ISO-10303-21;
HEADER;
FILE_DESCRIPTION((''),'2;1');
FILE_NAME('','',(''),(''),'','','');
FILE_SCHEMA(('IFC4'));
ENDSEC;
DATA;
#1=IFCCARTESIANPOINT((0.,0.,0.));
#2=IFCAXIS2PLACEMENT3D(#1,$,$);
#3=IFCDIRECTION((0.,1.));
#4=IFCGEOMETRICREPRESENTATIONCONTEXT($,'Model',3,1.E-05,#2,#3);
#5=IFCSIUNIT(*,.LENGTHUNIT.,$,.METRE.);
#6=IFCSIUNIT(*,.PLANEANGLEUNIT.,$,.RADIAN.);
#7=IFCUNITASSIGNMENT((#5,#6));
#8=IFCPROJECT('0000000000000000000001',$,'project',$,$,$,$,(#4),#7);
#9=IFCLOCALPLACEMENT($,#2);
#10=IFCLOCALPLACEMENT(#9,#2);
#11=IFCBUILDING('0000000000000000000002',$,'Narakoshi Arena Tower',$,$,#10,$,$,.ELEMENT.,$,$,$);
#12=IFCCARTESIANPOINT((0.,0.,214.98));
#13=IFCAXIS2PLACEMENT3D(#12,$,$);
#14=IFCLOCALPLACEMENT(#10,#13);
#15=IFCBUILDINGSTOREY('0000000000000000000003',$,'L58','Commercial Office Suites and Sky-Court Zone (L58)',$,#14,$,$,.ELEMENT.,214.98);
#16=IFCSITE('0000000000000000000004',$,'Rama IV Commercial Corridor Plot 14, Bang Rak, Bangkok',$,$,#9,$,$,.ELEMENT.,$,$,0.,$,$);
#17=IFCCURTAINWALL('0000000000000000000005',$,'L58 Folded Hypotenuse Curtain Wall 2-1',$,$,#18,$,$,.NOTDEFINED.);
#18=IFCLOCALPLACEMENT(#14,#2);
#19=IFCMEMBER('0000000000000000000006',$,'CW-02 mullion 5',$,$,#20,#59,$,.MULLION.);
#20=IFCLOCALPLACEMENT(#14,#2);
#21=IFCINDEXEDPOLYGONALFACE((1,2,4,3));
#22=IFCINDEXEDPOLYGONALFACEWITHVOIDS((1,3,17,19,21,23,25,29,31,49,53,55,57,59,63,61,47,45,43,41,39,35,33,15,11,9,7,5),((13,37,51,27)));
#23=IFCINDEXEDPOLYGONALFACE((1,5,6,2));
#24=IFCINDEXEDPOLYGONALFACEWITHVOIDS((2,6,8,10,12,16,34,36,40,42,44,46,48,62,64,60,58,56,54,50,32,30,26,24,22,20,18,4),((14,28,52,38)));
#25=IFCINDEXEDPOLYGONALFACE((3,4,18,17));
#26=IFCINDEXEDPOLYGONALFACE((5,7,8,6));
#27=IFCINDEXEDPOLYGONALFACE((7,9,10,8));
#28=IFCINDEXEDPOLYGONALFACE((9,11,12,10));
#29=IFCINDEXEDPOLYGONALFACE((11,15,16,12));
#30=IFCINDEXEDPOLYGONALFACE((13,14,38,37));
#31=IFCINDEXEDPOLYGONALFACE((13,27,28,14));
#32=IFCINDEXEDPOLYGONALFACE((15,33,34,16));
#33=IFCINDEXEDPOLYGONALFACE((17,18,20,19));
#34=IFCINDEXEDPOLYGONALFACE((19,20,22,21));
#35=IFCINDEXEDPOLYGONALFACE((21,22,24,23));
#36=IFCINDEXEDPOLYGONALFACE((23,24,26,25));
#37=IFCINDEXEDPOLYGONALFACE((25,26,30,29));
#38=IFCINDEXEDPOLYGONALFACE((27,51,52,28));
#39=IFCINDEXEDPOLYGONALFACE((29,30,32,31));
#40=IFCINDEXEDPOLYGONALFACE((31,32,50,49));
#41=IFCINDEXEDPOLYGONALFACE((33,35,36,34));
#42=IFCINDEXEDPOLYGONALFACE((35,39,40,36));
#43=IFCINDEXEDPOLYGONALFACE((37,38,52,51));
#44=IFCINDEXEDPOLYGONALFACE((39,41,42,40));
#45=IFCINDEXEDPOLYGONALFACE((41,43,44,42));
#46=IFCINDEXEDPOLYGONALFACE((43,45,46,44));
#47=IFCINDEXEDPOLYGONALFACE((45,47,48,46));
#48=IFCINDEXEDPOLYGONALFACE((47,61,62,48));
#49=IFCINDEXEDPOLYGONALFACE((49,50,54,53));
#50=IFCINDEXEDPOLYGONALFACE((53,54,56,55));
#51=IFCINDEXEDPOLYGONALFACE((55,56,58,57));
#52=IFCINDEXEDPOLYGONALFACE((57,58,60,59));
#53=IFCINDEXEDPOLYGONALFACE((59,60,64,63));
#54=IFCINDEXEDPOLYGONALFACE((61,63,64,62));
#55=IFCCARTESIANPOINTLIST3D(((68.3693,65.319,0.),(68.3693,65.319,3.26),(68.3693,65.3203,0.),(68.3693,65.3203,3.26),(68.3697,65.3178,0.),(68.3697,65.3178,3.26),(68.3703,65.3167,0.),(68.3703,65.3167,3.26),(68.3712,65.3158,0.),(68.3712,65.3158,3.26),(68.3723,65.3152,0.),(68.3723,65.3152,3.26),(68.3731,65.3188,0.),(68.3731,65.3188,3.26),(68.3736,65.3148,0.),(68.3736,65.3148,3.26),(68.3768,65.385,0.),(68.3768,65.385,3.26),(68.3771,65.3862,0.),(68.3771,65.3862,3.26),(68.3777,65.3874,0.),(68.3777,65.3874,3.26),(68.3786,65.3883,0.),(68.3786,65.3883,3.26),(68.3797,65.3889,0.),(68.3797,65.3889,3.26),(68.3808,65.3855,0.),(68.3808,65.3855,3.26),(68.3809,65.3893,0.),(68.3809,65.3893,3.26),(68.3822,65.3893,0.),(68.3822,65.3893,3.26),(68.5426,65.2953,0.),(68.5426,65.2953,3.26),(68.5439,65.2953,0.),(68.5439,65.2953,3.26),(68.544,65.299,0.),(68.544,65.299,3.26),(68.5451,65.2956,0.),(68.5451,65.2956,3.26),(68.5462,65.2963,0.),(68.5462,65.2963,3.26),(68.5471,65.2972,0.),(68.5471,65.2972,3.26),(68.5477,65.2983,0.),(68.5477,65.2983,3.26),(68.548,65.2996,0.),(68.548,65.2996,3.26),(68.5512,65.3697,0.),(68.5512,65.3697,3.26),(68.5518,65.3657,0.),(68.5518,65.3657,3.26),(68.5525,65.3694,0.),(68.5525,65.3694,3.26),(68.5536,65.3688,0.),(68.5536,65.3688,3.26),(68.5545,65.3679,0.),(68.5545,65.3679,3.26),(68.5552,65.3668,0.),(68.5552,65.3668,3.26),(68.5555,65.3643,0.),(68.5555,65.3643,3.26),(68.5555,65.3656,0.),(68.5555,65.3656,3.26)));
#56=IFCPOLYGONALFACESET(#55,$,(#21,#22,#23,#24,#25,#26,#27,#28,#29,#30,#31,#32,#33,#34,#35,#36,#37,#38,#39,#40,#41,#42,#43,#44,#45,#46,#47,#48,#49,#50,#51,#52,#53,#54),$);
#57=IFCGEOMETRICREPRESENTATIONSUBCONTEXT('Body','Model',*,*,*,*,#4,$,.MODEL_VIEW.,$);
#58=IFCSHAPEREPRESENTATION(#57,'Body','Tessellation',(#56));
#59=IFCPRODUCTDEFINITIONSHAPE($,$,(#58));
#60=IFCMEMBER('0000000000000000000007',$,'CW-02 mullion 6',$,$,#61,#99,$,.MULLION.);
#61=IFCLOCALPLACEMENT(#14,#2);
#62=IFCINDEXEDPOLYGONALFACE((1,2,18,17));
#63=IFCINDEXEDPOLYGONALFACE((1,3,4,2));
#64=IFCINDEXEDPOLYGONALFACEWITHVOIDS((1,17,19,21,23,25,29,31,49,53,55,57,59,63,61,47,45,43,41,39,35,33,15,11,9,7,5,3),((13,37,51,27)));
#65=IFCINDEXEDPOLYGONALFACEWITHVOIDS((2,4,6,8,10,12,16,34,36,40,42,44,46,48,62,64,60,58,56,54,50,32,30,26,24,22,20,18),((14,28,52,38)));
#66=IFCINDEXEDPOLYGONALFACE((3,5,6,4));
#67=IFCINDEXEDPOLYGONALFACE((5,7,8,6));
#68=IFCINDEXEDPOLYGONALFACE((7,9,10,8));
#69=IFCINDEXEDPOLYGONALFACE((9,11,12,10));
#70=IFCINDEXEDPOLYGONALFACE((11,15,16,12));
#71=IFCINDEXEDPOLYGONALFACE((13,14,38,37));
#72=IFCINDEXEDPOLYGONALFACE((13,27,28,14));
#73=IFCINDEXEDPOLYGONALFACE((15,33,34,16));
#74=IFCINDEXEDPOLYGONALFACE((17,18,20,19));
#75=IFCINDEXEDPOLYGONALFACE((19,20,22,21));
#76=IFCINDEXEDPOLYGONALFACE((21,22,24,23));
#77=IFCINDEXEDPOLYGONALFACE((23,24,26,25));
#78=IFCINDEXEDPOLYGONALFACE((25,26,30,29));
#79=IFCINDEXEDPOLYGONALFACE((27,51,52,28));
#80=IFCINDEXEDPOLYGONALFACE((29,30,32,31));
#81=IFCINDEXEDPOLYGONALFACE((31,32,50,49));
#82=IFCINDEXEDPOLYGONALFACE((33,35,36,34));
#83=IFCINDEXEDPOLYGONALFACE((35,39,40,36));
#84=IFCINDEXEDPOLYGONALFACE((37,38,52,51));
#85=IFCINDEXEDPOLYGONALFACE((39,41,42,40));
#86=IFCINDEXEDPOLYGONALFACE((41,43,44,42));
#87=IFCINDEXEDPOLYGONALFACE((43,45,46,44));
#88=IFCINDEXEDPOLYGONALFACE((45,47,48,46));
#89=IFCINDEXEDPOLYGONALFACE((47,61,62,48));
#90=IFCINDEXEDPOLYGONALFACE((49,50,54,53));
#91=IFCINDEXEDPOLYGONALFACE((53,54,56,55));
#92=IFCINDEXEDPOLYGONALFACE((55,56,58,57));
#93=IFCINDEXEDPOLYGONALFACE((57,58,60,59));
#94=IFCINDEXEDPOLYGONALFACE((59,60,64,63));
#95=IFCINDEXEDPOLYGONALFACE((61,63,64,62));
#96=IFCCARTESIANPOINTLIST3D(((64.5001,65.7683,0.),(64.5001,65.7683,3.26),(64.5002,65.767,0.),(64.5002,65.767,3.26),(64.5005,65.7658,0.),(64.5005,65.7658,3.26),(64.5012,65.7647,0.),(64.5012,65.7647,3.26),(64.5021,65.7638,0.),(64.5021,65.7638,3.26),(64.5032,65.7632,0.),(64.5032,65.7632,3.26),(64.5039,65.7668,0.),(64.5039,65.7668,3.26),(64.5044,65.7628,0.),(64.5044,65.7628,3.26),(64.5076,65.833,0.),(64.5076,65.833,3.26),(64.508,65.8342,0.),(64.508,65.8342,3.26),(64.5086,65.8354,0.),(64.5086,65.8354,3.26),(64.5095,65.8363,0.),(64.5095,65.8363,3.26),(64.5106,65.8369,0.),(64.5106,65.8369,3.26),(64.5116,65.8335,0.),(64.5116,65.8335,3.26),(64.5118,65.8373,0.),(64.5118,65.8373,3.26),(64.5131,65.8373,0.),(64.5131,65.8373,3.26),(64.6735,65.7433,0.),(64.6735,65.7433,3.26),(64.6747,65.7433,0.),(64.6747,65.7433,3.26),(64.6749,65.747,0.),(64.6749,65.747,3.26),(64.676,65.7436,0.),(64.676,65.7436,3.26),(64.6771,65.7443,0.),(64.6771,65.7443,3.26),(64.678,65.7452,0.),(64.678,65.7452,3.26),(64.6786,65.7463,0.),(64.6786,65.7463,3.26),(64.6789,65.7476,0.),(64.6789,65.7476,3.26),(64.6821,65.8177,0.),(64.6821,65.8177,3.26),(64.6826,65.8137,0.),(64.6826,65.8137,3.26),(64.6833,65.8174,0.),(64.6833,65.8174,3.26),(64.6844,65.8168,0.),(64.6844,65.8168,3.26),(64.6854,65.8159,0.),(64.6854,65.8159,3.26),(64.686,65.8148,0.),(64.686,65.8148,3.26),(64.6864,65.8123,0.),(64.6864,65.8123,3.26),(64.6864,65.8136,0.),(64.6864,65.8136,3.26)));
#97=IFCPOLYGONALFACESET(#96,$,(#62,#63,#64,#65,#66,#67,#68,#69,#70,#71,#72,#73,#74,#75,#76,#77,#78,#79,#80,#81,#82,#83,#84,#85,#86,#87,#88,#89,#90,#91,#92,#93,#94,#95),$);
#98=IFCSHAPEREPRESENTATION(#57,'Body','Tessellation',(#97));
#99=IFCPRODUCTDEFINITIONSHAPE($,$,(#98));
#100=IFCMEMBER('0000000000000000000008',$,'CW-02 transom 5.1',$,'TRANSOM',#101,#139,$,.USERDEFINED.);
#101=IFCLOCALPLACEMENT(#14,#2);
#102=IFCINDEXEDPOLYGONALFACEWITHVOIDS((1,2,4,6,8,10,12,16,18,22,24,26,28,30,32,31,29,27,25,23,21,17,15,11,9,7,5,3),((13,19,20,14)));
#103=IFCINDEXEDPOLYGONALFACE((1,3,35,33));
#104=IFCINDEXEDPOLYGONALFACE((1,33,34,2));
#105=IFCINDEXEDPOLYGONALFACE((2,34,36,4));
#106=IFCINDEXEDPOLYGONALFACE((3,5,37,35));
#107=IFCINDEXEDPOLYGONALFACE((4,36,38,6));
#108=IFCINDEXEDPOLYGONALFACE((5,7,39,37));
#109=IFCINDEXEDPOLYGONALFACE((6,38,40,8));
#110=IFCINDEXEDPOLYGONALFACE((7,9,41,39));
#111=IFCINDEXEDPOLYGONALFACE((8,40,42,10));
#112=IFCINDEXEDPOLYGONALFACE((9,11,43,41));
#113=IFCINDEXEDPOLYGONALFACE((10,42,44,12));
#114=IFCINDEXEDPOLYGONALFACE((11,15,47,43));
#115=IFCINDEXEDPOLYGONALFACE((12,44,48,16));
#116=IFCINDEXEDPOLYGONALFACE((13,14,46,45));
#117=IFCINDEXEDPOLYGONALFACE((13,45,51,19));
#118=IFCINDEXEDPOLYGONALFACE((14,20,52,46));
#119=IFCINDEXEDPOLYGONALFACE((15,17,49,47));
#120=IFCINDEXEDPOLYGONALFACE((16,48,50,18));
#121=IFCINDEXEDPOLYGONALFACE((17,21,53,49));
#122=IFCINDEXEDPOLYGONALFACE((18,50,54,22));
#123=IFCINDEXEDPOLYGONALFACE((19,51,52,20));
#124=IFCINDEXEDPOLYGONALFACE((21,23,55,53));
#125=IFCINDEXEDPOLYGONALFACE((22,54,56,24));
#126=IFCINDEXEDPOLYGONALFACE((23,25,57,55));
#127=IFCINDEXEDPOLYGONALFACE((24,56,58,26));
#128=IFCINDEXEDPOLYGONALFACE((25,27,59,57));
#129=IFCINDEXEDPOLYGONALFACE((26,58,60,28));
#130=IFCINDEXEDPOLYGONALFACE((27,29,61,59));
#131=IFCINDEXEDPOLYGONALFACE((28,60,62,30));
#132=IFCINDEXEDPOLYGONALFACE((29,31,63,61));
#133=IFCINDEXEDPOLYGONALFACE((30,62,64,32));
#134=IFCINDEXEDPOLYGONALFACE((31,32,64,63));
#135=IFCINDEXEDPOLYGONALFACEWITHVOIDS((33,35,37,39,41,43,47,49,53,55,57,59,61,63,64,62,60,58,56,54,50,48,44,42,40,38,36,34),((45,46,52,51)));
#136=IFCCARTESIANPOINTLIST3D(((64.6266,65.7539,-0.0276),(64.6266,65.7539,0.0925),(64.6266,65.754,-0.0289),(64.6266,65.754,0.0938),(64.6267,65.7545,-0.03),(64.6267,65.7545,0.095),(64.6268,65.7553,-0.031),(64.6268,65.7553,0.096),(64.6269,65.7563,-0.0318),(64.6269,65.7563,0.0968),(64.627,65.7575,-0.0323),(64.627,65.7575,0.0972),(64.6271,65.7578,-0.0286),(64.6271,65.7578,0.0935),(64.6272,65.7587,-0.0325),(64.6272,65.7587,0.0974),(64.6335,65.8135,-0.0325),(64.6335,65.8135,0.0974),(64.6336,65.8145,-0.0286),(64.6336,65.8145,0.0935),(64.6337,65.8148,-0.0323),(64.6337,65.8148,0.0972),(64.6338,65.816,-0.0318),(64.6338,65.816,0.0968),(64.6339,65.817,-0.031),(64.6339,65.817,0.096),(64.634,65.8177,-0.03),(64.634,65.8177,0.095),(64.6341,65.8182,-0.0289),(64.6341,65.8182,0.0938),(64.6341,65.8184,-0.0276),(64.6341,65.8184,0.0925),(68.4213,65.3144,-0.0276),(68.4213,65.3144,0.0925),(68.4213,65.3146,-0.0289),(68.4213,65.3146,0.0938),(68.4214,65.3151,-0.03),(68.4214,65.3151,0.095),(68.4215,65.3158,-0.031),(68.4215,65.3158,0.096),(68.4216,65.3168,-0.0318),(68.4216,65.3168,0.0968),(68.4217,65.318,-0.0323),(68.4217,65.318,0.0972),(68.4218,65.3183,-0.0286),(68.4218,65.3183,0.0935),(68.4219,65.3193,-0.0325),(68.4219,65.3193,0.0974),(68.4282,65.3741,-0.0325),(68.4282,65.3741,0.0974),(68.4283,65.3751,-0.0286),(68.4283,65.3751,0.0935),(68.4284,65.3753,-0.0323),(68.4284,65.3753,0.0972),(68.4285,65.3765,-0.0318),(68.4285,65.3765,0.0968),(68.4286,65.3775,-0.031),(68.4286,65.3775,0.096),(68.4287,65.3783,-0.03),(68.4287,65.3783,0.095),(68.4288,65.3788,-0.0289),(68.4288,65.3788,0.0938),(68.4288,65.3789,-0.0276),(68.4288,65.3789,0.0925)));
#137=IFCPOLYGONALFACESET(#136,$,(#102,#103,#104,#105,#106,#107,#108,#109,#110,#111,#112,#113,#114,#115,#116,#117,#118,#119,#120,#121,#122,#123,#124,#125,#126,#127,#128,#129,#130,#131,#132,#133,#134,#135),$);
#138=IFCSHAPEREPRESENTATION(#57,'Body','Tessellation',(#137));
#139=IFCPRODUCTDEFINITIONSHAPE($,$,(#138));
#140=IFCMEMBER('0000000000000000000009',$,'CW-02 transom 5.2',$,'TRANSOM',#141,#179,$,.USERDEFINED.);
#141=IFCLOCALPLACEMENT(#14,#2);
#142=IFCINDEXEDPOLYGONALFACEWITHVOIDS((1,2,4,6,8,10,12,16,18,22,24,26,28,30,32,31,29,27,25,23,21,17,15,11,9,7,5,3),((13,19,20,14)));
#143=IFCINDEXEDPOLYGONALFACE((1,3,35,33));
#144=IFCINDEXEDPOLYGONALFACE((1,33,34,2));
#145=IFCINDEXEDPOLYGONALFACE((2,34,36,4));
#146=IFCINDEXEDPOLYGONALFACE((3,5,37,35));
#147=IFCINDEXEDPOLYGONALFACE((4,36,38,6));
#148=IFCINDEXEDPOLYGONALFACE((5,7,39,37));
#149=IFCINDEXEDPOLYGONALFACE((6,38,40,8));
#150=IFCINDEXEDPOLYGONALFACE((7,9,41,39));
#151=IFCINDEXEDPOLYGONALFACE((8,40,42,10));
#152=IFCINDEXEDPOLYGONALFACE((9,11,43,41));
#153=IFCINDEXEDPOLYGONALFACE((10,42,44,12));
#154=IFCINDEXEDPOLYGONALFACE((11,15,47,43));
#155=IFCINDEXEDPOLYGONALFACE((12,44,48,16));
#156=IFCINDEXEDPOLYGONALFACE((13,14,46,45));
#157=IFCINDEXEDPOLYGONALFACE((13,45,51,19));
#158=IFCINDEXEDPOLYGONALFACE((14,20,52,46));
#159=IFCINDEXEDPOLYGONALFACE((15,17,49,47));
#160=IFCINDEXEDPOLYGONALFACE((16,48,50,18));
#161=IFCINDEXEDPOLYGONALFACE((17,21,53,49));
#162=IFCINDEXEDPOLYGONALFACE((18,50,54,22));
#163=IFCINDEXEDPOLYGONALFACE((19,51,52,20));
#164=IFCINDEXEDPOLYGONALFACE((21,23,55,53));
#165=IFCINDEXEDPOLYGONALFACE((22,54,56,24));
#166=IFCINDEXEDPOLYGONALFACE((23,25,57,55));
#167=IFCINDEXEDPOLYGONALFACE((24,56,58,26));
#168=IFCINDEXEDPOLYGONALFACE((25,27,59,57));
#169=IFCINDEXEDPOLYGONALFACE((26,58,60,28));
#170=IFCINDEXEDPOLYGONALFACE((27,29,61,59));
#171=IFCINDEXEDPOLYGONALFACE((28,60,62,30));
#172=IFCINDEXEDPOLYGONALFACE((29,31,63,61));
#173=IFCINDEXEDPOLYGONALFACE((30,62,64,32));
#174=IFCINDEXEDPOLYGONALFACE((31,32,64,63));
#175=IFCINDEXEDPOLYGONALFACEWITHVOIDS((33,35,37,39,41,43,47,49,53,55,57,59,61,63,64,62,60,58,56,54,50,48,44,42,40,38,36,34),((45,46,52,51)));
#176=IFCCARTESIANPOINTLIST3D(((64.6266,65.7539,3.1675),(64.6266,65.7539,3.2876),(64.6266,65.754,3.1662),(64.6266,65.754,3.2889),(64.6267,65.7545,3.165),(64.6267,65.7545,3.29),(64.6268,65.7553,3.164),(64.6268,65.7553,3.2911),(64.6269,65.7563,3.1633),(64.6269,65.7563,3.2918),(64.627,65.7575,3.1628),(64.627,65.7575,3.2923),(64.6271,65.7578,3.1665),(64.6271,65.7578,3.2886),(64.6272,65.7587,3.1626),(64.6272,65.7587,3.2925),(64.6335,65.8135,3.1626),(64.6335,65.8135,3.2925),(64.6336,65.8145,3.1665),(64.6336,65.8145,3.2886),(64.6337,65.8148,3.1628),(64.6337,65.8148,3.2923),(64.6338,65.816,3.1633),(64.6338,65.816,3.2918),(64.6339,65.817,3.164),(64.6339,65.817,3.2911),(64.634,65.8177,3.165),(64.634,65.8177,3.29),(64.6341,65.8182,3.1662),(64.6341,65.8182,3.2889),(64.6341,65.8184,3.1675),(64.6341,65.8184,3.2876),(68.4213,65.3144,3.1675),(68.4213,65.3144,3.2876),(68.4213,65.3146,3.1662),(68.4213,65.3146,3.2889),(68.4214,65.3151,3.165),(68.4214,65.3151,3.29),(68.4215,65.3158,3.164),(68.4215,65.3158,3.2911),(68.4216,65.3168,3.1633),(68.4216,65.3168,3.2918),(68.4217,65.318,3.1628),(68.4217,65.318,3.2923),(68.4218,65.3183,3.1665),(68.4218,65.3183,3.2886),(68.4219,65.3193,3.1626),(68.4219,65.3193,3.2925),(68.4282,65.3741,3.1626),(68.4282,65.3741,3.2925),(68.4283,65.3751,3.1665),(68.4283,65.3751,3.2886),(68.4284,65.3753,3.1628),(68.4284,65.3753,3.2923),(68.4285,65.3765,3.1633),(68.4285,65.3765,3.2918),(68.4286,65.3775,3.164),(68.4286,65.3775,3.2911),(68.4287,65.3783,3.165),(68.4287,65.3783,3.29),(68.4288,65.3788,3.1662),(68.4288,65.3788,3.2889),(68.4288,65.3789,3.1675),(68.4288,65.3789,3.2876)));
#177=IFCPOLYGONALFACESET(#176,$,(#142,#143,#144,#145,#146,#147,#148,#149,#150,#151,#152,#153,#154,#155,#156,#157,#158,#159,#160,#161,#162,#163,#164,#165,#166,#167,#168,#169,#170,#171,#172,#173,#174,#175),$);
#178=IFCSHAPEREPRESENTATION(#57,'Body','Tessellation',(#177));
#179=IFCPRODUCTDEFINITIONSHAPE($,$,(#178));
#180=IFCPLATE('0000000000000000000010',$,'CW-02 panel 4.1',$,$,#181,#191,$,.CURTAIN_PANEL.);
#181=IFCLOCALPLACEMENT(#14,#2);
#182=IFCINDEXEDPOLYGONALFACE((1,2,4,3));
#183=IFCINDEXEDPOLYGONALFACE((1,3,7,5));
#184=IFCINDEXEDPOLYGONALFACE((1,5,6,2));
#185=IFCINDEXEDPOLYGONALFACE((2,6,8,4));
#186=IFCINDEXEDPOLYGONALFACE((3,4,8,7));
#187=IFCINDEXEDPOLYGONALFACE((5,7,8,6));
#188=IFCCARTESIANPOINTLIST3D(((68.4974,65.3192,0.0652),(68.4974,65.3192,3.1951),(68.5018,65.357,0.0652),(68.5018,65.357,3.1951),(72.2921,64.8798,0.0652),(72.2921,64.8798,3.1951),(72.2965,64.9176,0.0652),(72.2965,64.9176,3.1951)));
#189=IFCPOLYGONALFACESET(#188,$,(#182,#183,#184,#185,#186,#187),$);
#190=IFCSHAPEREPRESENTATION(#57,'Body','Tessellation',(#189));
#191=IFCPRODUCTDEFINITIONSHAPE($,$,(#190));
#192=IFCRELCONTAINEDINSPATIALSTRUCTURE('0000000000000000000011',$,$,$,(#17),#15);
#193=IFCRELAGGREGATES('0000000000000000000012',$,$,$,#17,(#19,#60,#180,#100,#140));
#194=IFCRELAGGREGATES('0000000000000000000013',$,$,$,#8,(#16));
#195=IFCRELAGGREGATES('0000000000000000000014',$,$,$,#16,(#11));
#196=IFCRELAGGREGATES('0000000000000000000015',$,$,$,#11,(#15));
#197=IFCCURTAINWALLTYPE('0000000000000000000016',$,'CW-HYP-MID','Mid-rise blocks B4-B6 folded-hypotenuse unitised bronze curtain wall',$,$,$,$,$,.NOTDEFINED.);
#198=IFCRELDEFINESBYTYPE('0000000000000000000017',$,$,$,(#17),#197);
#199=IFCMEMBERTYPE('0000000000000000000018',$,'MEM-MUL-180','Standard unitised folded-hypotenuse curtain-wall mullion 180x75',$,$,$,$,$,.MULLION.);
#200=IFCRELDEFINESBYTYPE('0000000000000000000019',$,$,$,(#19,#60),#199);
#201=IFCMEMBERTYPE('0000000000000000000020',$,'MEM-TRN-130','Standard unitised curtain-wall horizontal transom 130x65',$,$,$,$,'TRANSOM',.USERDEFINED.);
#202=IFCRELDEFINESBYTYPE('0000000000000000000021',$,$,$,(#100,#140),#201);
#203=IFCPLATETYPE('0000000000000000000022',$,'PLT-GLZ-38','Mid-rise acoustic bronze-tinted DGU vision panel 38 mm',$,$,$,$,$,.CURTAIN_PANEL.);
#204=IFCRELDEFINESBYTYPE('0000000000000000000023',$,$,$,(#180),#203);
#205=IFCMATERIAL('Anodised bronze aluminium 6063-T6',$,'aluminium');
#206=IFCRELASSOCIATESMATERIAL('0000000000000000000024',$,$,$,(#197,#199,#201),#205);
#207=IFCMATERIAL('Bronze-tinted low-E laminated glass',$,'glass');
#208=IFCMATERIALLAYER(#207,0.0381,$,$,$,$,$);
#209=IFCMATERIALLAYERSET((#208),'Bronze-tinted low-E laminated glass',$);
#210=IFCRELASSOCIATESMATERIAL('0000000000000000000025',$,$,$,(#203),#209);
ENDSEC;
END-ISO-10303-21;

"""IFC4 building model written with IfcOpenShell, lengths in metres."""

from ifc_helpers import new_model, si_unit, direction, frame, origin, origin_2d, place, context, subcontext, project, spatial, rectangle, hollow_rectangle, extrude, material, layer, layer_set, material_profile, profile_set, type_object, element, aggregate, save


model = new_model("IFC4")

# Units and contexts
model_context = context("Model", 3, precision=1e-05, world=origin(), true_north=direction((0.0, 1.0)))
body_context = subcontext(model_context, "Body", "Model", "MODEL_VIEW")
ifc_project = project(units=[si_unit("LENGTHUNIT", "METRE"), si_unit("PLANEANGLEUNIT", "RADIAN")], contexts=[model_context])

# Site, building, storey
site_placement = place(None, origin())
site = spatial("IfcSite", under=ifc_project, at=site_placement, Name="Rama IV Commercial Corridor Plot 14, Bang Rak, Bangkok", CompositionType="ELEMENT", RefElevation=0.0)
building_placement = place(site_placement, origin())
building = spatial("IfcBuilding", under=site, at=building_placement, Name="Narakoshi Arena Tower", CompositionType="ELEMENT")
storey_placement = place(building_placement, frame((0.0, 0.0, 214.98)))
storey = spatial("IfcBuildingStorey", under=building, at=storey_placement, Name="L58", Description="Commercial Office Suites and Sky-Court Zone (L58)", CompositionType="ELEMENT", Elevation=214.98)

# Curtain wall, members, plate
ifc_material_1 = material(Name="Anodised bronze aluminium 6063-T6", Category="aluminium")
curtain_wall_type = type_object("IfcCurtainWallType", Name="CW-HYP-MID", Description="Mid-rise blocks B4-B6 folded-hypotenuse unitised bronze curtain wall", PredefinedType="NOTDEFINED", material=ifc_material_1)
curtain_wall_placement = place(storey_placement, origin())
curtain_wall = element("IfcCurtainWall", 1, at=curtain_wall_placement, inside=storey, type_object=curtain_wall_type, Name="L58 Folded Hypotenuse Curtain Wall 2-1", PredefinedType="NOTDEFINED")
ifc_material_profile_1 = material_profile(ifc_material_1, hollow_rectangle(XDim=0.075, YDim=0.1799, WallThickness=0.0039, OuterFilletRadius=0.0049, at=origin_2d()), Name="MUL180x75x4")
ifc_profile_set_1 = profile_set([ifc_material_profile_1], Name="Anodised bronze aluminium 6063-T6")
member_type_1 = type_object("IfcMemberType", Name="MEM-MUL-180", Description="Standard unitised folded-hypotenuse curtain-wall mullion 180x75", PredefinedType="MULLION", material=ifc_profile_set_1)
member_1_placement = place(storey_placement, frame((68.4624, 65.3423, 0.0), z_axis=(0.0, 0.0, 1.0), x_axis=(-0.115011, -0.993364, 0.0)))
member_1 = element("IfcMember", 2, at=member_1_placement, type_object=member_type_1, Name="CW-02 mullion 5", PredefinedType="MULLION", context=body_context, shape_type="SweptSolid", body=[
    extrude(hollow_rectangle(XDim=0.075, YDim=0.1799, WallThickness=0.0039, OuterFilletRadius=0.0049, at=origin_2d()), origin(), (0.0, 0.0, 1.0), 3.26),
])
member_2_placement = place(storey_placement, frame((64.5933, 65.7903, 0.0), z_axis=(0.0, 0.0, 1.0), x_axis=(-0.115011, -0.993364, 0.0)))
member_2 = element("IfcMember", 3, at=member_2_placement, type_object=member_type_1, Name="CW-02 mullion 6", PredefinedType="MULLION", context=body_context, shape_type="SweptSolid", body=[
    extrude(hollow_rectangle(XDim=0.075, YDim=0.1799, WallThickness=0.0039, OuterFilletRadius=0.0049, at=origin_2d()), origin(), (0.0, 0.0, 1.0), 3.26),
])
ifc_material_profile_2 = material_profile(ifc_material_1, hollow_rectangle(XDim=0.0649, YDim=0.1299, WallThickness=0.0039, OuterFilletRadius=0.0049, at=origin_2d()), Name="TRN130x65x4")
ifc_profile_set_2 = profile_set([ifc_material_profile_2], Name="Anodised bronze aluminium 6063-T6")
member_type_2 = type_object("IfcMemberType", Name="MEM-TRN-130", Description="Standard unitised curtain-wall horizontal transom 130x65", ElementType="TRANSOM", PredefinedType="USERDEFINED", material=ifc_profile_set_2)
member_3_placement = place(storey_placement, frame((68.425, 65.3467, 0.0325), z_axis=(-0.993361, 0.115039, 0.0), x_axis=(-0.115039, -0.993361, 0.0)))
member_3 = element("IfcMember", 4, at=member_3_placement, type_object=member_type_2, Name="CW-02 transom 5.1", ObjectType="TRANSOM", PredefinedType="USERDEFINED", context=body_context, shape_type="SweptSolid", body=[
    extrude(hollow_rectangle(XDim=0.0649, YDim=0.1299, WallThickness=0.0039, OuterFilletRadius=0.0049, at=origin_2d()), origin(), (0.0, 0.0, 1.0), 3.8201),
])
member_4_placement = place(storey_placement, frame((68.425, 65.3467, 3.2275), z_axis=(-0.993361, 0.115039, 0.0), x_axis=(-0.115039, -0.993361, 0.0)))
member_4 = element("IfcMember", 5, at=member_4_placement, type_object=member_type_2, Name="CW-02 transom 5.2", ObjectType="TRANSOM", PredefinedType="USERDEFINED", context=body_context, shape_type="SweptSolid", body=[
    extrude(hollow_rectangle(XDim=0.0649, YDim=0.1299, WallThickness=0.0039, OuterFilletRadius=0.0049, at=origin_2d()), origin(), (0.0, 0.0, 1.0), 3.8201),
])
ifc_material_2 = material(Name="Bronze-tinted low-E laminated glass", Category="glass")
ifc_layer_1 = layer(ifc_material_2, 0.0381)
ifc_layer_set_1 = layer_set([ifc_layer_1], Name="Bronze-tinted low-E laminated glass")
plate_type = type_object("IfcPlateType", Name="PLT-GLZ-38", Description="Mid-rise acoustic bronze-tinted DGU vision panel 38 mm", PredefinedType="CURTAIN_PANEL", material=ifc_layer_set_1)
plate_1_placement = place(storey_placement, frame((70.397, 65.1184, 0.0652), z_axis=(0.0, 0.0, 1.0), x_axis=(-0.993364, 0.115011, 0.0)))
plate_1 = element("IfcPlate", 6, at=plate_1_placement, type_object=plate_type, Name="CW-02 panel 4.1", PredefinedType="CURTAIN_PANEL", context=body_context, shape_type="SweptSolid", body=[
    extrude(rectangle(XDim=3.8201, YDim=0.0381, at=origin_2d()), origin(), (0.0, 0.0, 1.0), 3.1299),
])
aggregate(curtain_wall, [member_1, member_2, plate_1, member_3, member_4])

save(model, "model.ifc")
